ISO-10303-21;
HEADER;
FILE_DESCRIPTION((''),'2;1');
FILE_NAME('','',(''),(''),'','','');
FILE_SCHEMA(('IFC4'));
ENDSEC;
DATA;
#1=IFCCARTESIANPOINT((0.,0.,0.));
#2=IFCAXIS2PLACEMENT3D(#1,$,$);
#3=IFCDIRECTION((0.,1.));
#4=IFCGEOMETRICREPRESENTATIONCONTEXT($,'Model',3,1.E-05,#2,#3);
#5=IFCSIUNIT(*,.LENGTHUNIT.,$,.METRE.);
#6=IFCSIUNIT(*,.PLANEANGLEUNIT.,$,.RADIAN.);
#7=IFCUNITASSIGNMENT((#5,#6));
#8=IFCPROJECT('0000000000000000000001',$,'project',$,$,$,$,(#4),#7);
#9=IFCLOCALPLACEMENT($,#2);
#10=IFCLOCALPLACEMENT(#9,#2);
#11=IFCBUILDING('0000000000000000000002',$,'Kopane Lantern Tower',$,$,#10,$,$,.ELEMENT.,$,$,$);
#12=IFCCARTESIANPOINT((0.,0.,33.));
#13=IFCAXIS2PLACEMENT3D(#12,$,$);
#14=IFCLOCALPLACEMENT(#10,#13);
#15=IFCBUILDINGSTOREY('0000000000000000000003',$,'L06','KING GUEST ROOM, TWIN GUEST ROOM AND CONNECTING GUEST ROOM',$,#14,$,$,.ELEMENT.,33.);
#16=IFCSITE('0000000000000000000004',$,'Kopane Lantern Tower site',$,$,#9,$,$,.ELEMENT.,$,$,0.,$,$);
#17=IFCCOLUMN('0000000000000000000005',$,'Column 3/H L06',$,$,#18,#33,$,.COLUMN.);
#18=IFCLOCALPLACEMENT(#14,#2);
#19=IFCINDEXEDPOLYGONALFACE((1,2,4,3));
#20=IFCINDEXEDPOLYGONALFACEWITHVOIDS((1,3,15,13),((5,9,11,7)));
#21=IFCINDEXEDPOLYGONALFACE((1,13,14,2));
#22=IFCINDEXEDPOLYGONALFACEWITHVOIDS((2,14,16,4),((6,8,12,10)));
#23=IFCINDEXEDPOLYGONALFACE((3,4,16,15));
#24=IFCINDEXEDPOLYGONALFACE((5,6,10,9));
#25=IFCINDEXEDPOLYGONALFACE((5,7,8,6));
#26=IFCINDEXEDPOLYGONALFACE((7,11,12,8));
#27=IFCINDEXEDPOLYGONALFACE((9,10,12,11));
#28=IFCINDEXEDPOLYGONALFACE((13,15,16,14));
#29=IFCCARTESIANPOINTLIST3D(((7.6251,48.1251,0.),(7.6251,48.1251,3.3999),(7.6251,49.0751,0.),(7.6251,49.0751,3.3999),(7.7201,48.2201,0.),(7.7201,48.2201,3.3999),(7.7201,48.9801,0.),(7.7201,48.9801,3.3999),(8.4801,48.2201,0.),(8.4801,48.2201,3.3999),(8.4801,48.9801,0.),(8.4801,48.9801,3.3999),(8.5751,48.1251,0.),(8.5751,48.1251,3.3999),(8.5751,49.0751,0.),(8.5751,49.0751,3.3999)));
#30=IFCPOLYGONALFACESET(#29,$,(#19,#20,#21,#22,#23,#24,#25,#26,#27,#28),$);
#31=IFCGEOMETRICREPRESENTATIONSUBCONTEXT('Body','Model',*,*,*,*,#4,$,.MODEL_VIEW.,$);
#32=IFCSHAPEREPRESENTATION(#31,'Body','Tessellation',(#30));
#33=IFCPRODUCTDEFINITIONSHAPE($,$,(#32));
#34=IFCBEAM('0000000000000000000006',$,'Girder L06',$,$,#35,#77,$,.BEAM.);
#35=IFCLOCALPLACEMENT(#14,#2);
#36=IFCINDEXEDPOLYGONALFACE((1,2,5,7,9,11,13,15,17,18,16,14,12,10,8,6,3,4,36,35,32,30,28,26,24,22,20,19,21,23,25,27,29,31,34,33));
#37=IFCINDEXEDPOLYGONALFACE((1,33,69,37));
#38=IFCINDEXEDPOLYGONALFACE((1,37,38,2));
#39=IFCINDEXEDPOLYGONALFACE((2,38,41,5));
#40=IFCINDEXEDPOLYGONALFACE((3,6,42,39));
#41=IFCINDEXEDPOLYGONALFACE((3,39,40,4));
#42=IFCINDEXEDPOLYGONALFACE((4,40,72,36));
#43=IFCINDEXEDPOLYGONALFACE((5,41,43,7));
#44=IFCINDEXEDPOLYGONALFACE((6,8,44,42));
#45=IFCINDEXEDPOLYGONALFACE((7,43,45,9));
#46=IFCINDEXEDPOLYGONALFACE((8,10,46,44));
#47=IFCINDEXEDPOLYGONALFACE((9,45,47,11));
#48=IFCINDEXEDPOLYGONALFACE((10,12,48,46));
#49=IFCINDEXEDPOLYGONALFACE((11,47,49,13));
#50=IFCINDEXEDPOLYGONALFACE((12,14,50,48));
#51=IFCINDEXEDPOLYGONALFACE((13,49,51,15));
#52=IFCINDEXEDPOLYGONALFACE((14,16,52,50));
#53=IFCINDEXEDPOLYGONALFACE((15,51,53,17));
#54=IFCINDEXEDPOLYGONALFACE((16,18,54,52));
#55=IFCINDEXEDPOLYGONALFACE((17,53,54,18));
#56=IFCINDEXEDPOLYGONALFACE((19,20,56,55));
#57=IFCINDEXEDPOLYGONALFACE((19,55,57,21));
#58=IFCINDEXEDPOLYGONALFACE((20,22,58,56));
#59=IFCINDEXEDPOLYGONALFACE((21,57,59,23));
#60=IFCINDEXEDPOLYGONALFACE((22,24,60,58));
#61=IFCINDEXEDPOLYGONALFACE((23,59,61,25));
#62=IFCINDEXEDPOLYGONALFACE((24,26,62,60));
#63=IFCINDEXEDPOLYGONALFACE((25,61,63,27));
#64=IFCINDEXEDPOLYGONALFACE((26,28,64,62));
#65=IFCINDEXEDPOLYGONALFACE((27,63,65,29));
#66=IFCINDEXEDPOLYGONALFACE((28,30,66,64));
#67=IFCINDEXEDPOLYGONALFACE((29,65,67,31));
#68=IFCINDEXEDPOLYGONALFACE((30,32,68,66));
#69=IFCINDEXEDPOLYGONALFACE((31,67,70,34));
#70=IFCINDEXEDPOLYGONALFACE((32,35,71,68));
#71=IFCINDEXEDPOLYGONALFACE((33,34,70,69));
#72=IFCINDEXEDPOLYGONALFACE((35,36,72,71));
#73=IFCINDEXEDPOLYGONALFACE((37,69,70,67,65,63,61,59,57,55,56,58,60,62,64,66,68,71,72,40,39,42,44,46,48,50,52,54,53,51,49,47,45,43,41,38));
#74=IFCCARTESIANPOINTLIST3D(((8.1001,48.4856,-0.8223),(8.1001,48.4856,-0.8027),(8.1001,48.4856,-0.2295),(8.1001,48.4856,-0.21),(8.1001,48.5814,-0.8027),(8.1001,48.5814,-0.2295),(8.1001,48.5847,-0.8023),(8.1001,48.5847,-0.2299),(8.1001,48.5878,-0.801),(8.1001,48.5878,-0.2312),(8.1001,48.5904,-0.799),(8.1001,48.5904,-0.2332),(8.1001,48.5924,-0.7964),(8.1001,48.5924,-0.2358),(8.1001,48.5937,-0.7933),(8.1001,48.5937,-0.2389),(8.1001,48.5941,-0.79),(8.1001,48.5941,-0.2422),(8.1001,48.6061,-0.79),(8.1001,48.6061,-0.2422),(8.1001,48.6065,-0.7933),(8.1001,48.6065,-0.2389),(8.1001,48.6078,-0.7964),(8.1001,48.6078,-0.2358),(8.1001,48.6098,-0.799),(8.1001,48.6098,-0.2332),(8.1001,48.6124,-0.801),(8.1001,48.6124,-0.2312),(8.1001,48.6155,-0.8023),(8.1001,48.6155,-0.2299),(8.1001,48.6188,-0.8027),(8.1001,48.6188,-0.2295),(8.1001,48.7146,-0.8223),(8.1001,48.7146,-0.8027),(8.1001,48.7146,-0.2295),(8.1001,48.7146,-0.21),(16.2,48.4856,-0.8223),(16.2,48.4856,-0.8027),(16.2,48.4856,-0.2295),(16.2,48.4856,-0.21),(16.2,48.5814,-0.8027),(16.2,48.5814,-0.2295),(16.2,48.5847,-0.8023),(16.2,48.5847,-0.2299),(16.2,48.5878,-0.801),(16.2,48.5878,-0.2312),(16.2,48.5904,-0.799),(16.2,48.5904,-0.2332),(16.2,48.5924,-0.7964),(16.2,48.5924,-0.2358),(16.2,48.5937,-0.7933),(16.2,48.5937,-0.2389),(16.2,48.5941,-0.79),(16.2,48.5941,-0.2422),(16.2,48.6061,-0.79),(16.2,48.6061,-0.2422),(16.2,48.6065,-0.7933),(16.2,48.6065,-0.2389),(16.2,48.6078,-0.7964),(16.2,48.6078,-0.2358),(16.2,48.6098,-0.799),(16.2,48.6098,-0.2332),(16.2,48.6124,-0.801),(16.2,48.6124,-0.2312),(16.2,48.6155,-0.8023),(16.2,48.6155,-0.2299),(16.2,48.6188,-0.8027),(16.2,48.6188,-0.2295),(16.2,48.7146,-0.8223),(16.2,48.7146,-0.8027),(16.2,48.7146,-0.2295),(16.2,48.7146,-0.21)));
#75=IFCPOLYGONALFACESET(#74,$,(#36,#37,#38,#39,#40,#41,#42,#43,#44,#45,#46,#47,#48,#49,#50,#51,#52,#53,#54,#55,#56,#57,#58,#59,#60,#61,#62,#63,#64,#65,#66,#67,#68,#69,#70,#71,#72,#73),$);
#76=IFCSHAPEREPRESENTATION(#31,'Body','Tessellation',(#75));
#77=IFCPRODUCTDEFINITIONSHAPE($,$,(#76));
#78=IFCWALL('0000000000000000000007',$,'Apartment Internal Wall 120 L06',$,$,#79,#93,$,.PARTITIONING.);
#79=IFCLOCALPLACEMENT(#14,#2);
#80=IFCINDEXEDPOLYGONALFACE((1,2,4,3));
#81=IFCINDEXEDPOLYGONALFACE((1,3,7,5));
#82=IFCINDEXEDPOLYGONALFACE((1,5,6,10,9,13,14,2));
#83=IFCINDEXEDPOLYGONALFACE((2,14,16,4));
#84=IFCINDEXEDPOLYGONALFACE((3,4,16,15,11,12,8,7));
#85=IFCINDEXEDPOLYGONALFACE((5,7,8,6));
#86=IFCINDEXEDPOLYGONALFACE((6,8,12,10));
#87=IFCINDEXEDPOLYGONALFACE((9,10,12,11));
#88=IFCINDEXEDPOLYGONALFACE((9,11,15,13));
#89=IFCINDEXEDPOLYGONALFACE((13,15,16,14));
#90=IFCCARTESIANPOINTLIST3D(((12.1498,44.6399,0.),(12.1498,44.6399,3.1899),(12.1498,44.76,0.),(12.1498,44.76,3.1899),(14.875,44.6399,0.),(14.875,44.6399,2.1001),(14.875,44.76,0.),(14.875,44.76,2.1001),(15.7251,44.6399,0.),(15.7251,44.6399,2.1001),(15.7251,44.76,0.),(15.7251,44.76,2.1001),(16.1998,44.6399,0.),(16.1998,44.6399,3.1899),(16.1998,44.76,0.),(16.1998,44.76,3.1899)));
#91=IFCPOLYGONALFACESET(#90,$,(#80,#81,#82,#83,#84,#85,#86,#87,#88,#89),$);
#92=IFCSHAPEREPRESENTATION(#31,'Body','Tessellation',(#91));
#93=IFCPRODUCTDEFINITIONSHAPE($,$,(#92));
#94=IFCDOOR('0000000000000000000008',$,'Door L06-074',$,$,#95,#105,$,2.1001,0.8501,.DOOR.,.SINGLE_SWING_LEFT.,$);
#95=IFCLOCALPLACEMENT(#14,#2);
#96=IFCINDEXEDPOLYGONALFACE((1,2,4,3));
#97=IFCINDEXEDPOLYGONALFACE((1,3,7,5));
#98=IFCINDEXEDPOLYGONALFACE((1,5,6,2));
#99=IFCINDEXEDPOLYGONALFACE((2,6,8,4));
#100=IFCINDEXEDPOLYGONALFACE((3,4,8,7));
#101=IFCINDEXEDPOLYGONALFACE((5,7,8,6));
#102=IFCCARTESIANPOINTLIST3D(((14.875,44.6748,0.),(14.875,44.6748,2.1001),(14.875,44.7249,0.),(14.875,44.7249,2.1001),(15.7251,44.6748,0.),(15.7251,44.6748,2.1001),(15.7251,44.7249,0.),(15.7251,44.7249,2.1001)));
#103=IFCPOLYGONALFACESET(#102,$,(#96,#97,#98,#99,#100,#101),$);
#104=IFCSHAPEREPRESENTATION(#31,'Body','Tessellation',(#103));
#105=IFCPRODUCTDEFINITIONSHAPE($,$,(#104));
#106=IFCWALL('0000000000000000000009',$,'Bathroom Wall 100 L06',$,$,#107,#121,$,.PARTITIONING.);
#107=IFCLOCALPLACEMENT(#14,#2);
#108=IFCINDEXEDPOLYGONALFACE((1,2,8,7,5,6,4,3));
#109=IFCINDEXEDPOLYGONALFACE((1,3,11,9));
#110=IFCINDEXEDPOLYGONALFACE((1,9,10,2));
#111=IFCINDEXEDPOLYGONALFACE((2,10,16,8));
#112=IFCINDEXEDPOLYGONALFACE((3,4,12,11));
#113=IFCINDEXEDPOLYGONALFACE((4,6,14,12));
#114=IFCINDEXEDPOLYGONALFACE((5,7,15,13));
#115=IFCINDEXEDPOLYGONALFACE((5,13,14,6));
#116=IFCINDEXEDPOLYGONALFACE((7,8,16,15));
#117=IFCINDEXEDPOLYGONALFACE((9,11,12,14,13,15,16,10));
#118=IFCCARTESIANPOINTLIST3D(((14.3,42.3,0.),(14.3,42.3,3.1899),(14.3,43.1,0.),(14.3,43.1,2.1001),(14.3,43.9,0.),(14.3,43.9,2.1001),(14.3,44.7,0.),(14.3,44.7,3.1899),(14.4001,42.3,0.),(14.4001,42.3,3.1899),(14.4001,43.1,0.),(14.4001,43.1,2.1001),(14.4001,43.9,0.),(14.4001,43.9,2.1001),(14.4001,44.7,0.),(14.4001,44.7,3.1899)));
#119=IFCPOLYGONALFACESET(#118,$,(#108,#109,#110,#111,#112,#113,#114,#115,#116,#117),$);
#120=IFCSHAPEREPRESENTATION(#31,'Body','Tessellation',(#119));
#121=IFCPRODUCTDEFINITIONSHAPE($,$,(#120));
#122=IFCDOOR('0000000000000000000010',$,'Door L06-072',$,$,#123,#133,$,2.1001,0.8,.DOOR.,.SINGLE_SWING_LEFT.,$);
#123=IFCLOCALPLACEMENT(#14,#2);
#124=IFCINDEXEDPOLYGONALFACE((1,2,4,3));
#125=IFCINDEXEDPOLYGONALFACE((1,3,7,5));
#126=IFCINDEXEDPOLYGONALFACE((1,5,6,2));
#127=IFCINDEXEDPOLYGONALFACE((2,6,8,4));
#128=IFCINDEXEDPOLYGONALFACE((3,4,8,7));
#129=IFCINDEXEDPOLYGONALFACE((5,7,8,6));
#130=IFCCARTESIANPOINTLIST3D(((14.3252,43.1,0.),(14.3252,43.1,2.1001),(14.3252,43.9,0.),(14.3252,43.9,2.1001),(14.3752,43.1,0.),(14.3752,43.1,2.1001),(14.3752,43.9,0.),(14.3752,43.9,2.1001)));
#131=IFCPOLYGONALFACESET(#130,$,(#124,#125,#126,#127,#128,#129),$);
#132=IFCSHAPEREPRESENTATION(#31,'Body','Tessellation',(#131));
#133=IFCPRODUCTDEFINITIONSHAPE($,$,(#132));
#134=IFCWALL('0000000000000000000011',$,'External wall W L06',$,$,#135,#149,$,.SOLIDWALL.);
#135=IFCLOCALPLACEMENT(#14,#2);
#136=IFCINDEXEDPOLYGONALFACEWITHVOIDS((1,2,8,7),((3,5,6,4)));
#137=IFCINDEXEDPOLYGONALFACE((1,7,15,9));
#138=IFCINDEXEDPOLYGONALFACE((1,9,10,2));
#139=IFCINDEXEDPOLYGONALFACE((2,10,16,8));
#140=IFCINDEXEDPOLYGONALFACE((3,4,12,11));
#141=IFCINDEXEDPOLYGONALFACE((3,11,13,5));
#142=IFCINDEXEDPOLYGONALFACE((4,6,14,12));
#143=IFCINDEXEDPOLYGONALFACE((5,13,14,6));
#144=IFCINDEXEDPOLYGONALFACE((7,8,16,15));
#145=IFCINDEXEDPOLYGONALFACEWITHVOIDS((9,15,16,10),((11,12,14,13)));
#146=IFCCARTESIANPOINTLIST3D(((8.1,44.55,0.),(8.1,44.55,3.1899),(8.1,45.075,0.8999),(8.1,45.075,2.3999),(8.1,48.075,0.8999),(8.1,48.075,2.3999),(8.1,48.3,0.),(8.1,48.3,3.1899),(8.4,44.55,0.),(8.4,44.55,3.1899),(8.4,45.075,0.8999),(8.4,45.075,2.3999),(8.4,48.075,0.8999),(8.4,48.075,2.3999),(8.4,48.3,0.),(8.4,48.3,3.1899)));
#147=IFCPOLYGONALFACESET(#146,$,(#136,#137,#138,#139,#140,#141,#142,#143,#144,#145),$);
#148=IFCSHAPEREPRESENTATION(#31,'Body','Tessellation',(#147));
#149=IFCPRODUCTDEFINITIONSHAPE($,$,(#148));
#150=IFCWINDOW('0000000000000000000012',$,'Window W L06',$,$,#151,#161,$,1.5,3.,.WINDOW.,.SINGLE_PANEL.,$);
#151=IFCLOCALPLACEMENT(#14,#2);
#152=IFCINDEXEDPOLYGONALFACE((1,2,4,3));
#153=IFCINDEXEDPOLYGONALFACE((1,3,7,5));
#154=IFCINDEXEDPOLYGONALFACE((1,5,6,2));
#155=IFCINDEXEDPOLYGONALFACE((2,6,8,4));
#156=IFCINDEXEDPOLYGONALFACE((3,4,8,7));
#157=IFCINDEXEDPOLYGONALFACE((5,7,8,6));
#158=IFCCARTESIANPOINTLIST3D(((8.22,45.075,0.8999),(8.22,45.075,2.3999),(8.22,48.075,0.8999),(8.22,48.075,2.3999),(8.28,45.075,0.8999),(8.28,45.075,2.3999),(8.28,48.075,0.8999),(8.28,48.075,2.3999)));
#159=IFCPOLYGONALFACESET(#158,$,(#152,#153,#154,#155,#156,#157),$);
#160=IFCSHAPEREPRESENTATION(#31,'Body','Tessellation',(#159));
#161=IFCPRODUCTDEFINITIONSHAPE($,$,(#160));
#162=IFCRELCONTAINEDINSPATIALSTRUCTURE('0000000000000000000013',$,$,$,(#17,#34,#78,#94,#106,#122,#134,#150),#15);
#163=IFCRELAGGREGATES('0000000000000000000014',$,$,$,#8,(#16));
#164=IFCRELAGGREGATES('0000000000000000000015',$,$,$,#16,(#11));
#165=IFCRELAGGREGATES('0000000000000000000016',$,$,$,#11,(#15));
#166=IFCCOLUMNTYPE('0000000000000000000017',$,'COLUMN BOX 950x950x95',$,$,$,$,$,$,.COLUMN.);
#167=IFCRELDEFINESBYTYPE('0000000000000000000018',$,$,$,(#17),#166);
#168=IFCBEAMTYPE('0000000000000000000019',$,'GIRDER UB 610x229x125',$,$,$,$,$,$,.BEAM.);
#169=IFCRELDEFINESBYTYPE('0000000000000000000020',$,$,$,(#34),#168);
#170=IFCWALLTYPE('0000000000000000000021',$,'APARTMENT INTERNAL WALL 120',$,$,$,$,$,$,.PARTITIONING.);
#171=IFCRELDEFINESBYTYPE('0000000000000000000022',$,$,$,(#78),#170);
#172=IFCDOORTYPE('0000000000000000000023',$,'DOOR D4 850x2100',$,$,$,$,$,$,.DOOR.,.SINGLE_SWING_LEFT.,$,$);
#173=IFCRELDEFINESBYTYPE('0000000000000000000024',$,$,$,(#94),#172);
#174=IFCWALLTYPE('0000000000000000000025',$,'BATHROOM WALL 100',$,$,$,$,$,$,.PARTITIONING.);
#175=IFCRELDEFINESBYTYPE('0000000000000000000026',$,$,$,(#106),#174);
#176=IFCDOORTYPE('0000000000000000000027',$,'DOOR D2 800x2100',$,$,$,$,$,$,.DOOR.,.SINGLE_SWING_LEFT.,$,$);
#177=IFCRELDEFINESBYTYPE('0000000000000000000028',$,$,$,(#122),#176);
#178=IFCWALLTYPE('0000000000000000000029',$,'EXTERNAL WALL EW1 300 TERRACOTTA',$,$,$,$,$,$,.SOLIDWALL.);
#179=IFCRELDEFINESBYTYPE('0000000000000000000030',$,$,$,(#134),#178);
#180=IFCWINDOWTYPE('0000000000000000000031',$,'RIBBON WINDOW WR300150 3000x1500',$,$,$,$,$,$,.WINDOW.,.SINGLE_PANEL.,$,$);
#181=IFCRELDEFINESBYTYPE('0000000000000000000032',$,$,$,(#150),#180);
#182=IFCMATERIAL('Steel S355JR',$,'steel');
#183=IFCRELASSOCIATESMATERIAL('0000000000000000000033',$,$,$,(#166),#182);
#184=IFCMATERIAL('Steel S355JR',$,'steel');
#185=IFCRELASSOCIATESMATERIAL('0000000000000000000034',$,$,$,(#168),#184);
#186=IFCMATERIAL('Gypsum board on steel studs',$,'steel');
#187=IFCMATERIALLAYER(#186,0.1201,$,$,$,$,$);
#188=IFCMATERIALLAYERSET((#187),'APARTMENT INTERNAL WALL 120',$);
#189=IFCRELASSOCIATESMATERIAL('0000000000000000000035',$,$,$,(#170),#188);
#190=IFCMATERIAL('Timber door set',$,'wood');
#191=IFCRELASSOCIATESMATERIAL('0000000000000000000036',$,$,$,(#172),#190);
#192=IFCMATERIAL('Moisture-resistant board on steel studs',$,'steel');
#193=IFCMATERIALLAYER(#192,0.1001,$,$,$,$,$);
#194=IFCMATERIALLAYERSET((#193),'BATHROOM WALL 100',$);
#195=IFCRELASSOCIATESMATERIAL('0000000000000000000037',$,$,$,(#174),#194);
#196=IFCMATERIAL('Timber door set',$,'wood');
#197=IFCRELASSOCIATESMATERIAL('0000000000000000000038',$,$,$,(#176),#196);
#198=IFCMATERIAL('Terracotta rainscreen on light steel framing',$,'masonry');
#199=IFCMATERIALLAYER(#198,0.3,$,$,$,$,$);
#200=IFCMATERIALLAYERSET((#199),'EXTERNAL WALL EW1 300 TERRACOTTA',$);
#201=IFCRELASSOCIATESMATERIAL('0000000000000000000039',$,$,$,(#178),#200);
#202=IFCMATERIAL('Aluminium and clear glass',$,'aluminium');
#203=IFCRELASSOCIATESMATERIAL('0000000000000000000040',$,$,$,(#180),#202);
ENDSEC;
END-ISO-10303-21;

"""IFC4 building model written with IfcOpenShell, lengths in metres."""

from ifc_helpers import new_model, si_unit, direction, frame, frame_2d, origin, origin_2d, place, context, subcontext, project, spatial, rectangle, hollow_rectangle, i_section, extrude, material, layer, layer_set, material_profile, profile_set, type_object, element, fill, save


model = new_model("IFC4")

# Units and contexts
model_context = context("Model", 3, precision=1e-05, world=origin(), true_north=direction((0.0, 1.0)))
body_context = subcontext(model_context, "Body", "Model", "MODEL_VIEW")
ifc_project = project(units=[si_unit("LENGTHUNIT", "METRE"), si_unit("PLANEANGLEUNIT", "RADIAN")], contexts=[model_context])

# Site, building, storey
site_placement = place(None, origin())
site = spatial("IfcSite", under=ifc_project, at=site_placement, Name="Kopane Lantern Tower site", CompositionType="ELEMENT", RefElevation=0.0)
building_placement = place(site_placement, origin())
building = spatial("IfcBuilding", under=site, at=building_placement, Name="Kopane Lantern Tower", CompositionType="ELEMENT")
storey_placement = place(building_placement, frame((0.0, 0.0, 33.0)))
storey = spatial("IfcBuildingStorey", under=building, at=storey_placement, Name="L06", Description="KING GUEST ROOM, TWIN GUEST ROOM AND CONNECTING GUEST ROOM", CompositionType="ELEMENT", Elevation=33.0)

# Column
ifc_material_1 = material(Name="Steel S355JR", Category="steel")
ifc_material_profile_1 = material_profile(ifc_material_1, hollow_rectangle(XDim=0.95, YDim=0.95, WallThickness=0.095, at=origin_2d()), Name="BOX 950x950x95")
ifc_profile_set_1 = profile_set([ifc_material_profile_1], Name="Steel S355JR")
column_type = type_object("IfcColumnType", Name="COLUMN BOX 950x950x95", PredefinedType="COLUMN", material=ifc_profile_set_1)
column_placement = place(storey_placement, frame((8.1001, 48.6001, 0.0), z_axis=(0.0, 0.0, 1.0), x_axis=(1.0, 0.0, 0.0)))
element("IfcColumn", 1, at=column_placement, inside=storey, type_object=column_type, Name="Column 3/H L06", PredefinedType="COLUMN", context=body_context, shape_type="SweptSolid", body=[
    extrude(hollow_rectangle(XDim=0.95, YDim=0.95, WallThickness=0.095, at=origin_2d()), origin(), (0.0, 0.0, 1.0), 3.3999),
])

# Beam
ifc_material_2 = material(Name="Steel S355JR", Category="steel")
ifc_material_profile_2 = material_profile(ifc_material_2, i_section(OverallWidth=0.229, OverallDepth=0.6123, WebThickness=0.012, FlangeThickness=0.0195, FilletRadius=0.0127, at=origin_2d()), Name="UB 610x229x125")
ifc_profile_set_2 = profile_set([ifc_material_profile_2], Name="Steel S355JR")
beam_type = type_object("IfcBeamType", Name="GIRDER UB 610x229x125", PredefinedType="BEAM", material=ifc_profile_set_2)
beam_placement = place(storey_placement, frame((8.1001, 48.6001, -0.5161), z_axis=(1.0, 0.0, 0.0), x_axis=(0.0, 1.0, 0.0)))
element("IfcBeam", 2, at=beam_placement, inside=storey, type_object=beam_type, Name="Girder L06", PredefinedType="BEAM", context=body_context, shape_type="SweptSolid", body=[
    extrude(i_section(OverallWidth=0.229, OverallDepth=0.6123, WebThickness=0.012, FlangeThickness=0.0195, FilletRadius=0.0127, at=origin_2d()), origin(), (0.0, 0.0, 1.0), 8.0999),
])

# Walls, openings, doors
ifc_material_3 = material(Name="Gypsum board on steel studs", Category="steel")
ifc_layer_1 = layer(ifc_material_3, 0.1201)
ifc_layer_set_1 = layer_set([ifc_layer_1], Name="APARTMENT INTERNAL WALL 120")
wall_type_1 = type_object("IfcWallType", Name="APARTMENT INTERNAL WALL 120", PredefinedType="PARTITIONING", material=ifc_layer_set_1)
wall_1_placement = place(storey_placement, frame((12.1499, 44.7, 0.0), z_axis=(0.0, 0.0, 1.0), x_axis=(1.0, 0.0, 0.0)))
wall_1 = element("IfcWall", 3, at=wall_1_placement, inside=storey, type_object=wall_type_1, Name="Apartment Internal Wall 120 L06", PredefinedType="PARTITIONING", context=body_context, shape_type="SweptSolid", body=[
    extrude(rectangle(XDim=4.05, YDim=0.1201, at=frame_2d((2.0249, 0.0))), origin(), (0.0, 0.0, 1.0), 3.1899),
])
opening_1_placement = place(wall_1_placement, frame((2.7251, 0.0, 0.0)))
opening_1 = element("IfcOpeningElement", 4, at=opening_1_placement, cuts=wall_1, PredefinedType="OPENING", context=body_context, shape_type="SweptSolid", body=[
    extrude(rectangle(XDim=0.8501, YDim=2.1001, at=frame_2d((0.425, 1.05))), frame((0.0, 0.0701, 0.0), z_axis=(0.0, -1.0, 0.0), x_axis=(1.0, 0.0, 0.0)), (0.0, 0.0, 1.0), 0.1401),
])
ifc_material_4 = material(Name="Timber door set", Category="wood")
door_type_1 = type_object("IfcDoorType", Name="DOOR D4 850x2100", OperationType="SINGLE_SWING_LEFT", PredefinedType="DOOR", material=ifc_material_4)
door_1_placement = place(opening_1_placement, origin())
door_1 = element("IfcDoor", 5, at=door_1_placement, inside=storey, type_object=door_type_1, Name="Door L06-074", OperationType="SINGLE_SWING_LEFT", OverallHeight=2.1001, OverallWidth=0.8501, PredefinedType="DOOR", context=body_context, shape_type="SweptSolid", body=[
    extrude(rectangle(XDim=0.8501, YDim=2.1001, at=frame_2d((0.425, 1.05))), frame((0.0, 0.0249, 0.0), z_axis=(0.0, -1.0, 0.0), x_axis=(1.0, 0.0, 0.0)), (0.0, 0.0, 1.0), 0.05),
])
fill(opening_1, door_1)
ifc_material_5 = material(Name="Moisture-resistant board on steel studs", Category="steel")
ifc_layer_2 = layer(ifc_material_5, 0.1001)
ifc_layer_set_2 = layer_set([ifc_layer_2], Name="BATHROOM WALL 100")
wall_type_2 = type_object("IfcWallType", Name="BATHROOM WALL 100", PredefinedType="PARTITIONING", material=ifc_layer_set_2)
wall_2_placement = place(storey_placement, frame((14.3501, 42.3, 0.0), z_axis=(0.0, 0.0, 1.0), x_axis=(0.0, 1.0, 0.0)))
wall_2 = element("IfcWall", 6, at=wall_2_placement, inside=storey, type_object=wall_type_2, Name="Bathroom Wall 100 L06", PredefinedType="PARTITIONING", context=body_context, shape_type="SweptSolid", body=[
    extrude(rectangle(XDim=2.3999, YDim=0.1001, at=frame_2d((1.2, 0.0))), origin(), (0.0, 0.0, 1.0), 3.1899),
])
opening_2_placement = place(wall_2_placement, frame((0.8, 0.0, 0.0)))
opening_2 = element("IfcOpeningElement", 7, at=opening_2_placement, cuts=wall_2, PredefinedType="OPENING", context=body_context, shape_type="SweptSolid", body=[
    extrude(rectangle(XDim=0.8, YDim=2.1001, at=frame_2d((0.3999, 1.05))), frame((0.0, 0.0601, 0.0), z_axis=(0.0, -1.0, 0.0), x_axis=(1.0, 0.0, 0.0)), (0.0, 0.0, 1.0), 0.1201),
])
ifc_material_6 = material(Name="Timber door set", Category="wood")
door_type_2 = type_object("IfcDoorType", Name="DOOR D2 800x2100", OperationType="SINGLE_SWING_LEFT", PredefinedType="DOOR", material=ifc_material_6)
door_2_placement = place(opening_2_placement, origin())
door_2 = element("IfcDoor", 8, at=door_2_placement, inside=storey, type_object=door_type_2, Name="Door L06-072", OperationType="SINGLE_SWING_LEFT", OverallHeight=2.1001, OverallWidth=0.8, PredefinedType="DOOR", context=body_context, shape_type="SweptSolid", body=[
    extrude(rectangle(XDim=0.8, YDim=2.1001, at=frame_2d((0.3999, 1.05))), frame((0.0, 0.0249, 0.0), z_axis=(0.0, -1.0, 0.0), x_axis=(1.0, 0.0, 0.0)), (0.0, 0.0, 1.0), 0.05),
])
fill(opening_2, door_2)

# Wall, opening, window
ifc_material_7 = material(Name="Terracotta rainscreen on light steel framing", Category="masonry")
ifc_layer_3 = layer(ifc_material_7, 0.3)
ifc_layer_set_3 = layer_set([ifc_layer_3], Name="EXTERNAL WALL EW1 300 TERRACOTTA")
wall_type_3 = type_object("IfcWallType", Name="EXTERNAL WALL EW1 300 TERRACOTTA", PredefinedType="SOLIDWALL", material=ifc_layer_set_3)
wall_3_placement = place(storey_placement, frame((8.25, 48.3, 0.0), z_axis=(0.0, 0.0, 1.0), x_axis=(0.0, -1.0, 0.0)))
wall_3 = element("IfcWall", 9, at=wall_3_placement, inside=storey, type_object=wall_type_3, Name="External wall W L06", PredefinedType="SOLIDWALL", context=body_context, shape_type="SweptSolid", body=[
    extrude(rectangle(XDim=3.75, YDim=0.3, at=frame_2d((1.875, 0.0))), origin(), (0.0, 0.0, 1.0), 3.1899),
])
opening_3_placement = place(wall_3_placement, frame((0.2251, 0.0, 0.8999)))
opening_3 = element("IfcOpeningElement", 10, at=opening_3_placement, cuts=wall_3, PredefinedType="OPENING", context=body_context, shape_type="SweptSolid", body=[
    extrude(rectangle(XDim=3.0, YDim=1.5, at=frame_2d((1.5, 0.75))), frame((0.0, 0.1599, 0.0), z_axis=(0.0, -1.0, 0.0), x_axis=(1.0, 0.0, 0.0)), (0.0, 0.0, 1.0), 0.3201),
])
ifc_material_8 = material(Name="Aluminium and clear glass", Category="aluminium")
window_type = type_object("IfcWindowType", Name="RIBBON WINDOW WR300150 3000x1500", PartitioningType="SINGLE_PANEL", PredefinedType="WINDOW", material=ifc_material_8)
window_1_placement = place(opening_3_placement, origin())
window_1 = element("IfcWindow", 11, at=window_1_placement, inside=storey, type_object=window_type, Name="Window W L06", OverallHeight=1.5, OverallWidth=3.0, PartitioningType="SINGLE_PANEL", PredefinedType="WINDOW", context=body_context, shape_type="SweptSolid", body=[
    extrude(rectangle(XDim=3.0, YDim=1.5, at=frame_2d((1.5, 0.75))), frame((0.0, 0.03, 0.0), z_axis=(0.0, -1.0, 0.0), x_axis=(1.0, 0.0, 0.0)), (0.0, 0.0, 1.0), 0.0601),
])
fill(opening_3, window_1)

save(model, "model.ifc")
